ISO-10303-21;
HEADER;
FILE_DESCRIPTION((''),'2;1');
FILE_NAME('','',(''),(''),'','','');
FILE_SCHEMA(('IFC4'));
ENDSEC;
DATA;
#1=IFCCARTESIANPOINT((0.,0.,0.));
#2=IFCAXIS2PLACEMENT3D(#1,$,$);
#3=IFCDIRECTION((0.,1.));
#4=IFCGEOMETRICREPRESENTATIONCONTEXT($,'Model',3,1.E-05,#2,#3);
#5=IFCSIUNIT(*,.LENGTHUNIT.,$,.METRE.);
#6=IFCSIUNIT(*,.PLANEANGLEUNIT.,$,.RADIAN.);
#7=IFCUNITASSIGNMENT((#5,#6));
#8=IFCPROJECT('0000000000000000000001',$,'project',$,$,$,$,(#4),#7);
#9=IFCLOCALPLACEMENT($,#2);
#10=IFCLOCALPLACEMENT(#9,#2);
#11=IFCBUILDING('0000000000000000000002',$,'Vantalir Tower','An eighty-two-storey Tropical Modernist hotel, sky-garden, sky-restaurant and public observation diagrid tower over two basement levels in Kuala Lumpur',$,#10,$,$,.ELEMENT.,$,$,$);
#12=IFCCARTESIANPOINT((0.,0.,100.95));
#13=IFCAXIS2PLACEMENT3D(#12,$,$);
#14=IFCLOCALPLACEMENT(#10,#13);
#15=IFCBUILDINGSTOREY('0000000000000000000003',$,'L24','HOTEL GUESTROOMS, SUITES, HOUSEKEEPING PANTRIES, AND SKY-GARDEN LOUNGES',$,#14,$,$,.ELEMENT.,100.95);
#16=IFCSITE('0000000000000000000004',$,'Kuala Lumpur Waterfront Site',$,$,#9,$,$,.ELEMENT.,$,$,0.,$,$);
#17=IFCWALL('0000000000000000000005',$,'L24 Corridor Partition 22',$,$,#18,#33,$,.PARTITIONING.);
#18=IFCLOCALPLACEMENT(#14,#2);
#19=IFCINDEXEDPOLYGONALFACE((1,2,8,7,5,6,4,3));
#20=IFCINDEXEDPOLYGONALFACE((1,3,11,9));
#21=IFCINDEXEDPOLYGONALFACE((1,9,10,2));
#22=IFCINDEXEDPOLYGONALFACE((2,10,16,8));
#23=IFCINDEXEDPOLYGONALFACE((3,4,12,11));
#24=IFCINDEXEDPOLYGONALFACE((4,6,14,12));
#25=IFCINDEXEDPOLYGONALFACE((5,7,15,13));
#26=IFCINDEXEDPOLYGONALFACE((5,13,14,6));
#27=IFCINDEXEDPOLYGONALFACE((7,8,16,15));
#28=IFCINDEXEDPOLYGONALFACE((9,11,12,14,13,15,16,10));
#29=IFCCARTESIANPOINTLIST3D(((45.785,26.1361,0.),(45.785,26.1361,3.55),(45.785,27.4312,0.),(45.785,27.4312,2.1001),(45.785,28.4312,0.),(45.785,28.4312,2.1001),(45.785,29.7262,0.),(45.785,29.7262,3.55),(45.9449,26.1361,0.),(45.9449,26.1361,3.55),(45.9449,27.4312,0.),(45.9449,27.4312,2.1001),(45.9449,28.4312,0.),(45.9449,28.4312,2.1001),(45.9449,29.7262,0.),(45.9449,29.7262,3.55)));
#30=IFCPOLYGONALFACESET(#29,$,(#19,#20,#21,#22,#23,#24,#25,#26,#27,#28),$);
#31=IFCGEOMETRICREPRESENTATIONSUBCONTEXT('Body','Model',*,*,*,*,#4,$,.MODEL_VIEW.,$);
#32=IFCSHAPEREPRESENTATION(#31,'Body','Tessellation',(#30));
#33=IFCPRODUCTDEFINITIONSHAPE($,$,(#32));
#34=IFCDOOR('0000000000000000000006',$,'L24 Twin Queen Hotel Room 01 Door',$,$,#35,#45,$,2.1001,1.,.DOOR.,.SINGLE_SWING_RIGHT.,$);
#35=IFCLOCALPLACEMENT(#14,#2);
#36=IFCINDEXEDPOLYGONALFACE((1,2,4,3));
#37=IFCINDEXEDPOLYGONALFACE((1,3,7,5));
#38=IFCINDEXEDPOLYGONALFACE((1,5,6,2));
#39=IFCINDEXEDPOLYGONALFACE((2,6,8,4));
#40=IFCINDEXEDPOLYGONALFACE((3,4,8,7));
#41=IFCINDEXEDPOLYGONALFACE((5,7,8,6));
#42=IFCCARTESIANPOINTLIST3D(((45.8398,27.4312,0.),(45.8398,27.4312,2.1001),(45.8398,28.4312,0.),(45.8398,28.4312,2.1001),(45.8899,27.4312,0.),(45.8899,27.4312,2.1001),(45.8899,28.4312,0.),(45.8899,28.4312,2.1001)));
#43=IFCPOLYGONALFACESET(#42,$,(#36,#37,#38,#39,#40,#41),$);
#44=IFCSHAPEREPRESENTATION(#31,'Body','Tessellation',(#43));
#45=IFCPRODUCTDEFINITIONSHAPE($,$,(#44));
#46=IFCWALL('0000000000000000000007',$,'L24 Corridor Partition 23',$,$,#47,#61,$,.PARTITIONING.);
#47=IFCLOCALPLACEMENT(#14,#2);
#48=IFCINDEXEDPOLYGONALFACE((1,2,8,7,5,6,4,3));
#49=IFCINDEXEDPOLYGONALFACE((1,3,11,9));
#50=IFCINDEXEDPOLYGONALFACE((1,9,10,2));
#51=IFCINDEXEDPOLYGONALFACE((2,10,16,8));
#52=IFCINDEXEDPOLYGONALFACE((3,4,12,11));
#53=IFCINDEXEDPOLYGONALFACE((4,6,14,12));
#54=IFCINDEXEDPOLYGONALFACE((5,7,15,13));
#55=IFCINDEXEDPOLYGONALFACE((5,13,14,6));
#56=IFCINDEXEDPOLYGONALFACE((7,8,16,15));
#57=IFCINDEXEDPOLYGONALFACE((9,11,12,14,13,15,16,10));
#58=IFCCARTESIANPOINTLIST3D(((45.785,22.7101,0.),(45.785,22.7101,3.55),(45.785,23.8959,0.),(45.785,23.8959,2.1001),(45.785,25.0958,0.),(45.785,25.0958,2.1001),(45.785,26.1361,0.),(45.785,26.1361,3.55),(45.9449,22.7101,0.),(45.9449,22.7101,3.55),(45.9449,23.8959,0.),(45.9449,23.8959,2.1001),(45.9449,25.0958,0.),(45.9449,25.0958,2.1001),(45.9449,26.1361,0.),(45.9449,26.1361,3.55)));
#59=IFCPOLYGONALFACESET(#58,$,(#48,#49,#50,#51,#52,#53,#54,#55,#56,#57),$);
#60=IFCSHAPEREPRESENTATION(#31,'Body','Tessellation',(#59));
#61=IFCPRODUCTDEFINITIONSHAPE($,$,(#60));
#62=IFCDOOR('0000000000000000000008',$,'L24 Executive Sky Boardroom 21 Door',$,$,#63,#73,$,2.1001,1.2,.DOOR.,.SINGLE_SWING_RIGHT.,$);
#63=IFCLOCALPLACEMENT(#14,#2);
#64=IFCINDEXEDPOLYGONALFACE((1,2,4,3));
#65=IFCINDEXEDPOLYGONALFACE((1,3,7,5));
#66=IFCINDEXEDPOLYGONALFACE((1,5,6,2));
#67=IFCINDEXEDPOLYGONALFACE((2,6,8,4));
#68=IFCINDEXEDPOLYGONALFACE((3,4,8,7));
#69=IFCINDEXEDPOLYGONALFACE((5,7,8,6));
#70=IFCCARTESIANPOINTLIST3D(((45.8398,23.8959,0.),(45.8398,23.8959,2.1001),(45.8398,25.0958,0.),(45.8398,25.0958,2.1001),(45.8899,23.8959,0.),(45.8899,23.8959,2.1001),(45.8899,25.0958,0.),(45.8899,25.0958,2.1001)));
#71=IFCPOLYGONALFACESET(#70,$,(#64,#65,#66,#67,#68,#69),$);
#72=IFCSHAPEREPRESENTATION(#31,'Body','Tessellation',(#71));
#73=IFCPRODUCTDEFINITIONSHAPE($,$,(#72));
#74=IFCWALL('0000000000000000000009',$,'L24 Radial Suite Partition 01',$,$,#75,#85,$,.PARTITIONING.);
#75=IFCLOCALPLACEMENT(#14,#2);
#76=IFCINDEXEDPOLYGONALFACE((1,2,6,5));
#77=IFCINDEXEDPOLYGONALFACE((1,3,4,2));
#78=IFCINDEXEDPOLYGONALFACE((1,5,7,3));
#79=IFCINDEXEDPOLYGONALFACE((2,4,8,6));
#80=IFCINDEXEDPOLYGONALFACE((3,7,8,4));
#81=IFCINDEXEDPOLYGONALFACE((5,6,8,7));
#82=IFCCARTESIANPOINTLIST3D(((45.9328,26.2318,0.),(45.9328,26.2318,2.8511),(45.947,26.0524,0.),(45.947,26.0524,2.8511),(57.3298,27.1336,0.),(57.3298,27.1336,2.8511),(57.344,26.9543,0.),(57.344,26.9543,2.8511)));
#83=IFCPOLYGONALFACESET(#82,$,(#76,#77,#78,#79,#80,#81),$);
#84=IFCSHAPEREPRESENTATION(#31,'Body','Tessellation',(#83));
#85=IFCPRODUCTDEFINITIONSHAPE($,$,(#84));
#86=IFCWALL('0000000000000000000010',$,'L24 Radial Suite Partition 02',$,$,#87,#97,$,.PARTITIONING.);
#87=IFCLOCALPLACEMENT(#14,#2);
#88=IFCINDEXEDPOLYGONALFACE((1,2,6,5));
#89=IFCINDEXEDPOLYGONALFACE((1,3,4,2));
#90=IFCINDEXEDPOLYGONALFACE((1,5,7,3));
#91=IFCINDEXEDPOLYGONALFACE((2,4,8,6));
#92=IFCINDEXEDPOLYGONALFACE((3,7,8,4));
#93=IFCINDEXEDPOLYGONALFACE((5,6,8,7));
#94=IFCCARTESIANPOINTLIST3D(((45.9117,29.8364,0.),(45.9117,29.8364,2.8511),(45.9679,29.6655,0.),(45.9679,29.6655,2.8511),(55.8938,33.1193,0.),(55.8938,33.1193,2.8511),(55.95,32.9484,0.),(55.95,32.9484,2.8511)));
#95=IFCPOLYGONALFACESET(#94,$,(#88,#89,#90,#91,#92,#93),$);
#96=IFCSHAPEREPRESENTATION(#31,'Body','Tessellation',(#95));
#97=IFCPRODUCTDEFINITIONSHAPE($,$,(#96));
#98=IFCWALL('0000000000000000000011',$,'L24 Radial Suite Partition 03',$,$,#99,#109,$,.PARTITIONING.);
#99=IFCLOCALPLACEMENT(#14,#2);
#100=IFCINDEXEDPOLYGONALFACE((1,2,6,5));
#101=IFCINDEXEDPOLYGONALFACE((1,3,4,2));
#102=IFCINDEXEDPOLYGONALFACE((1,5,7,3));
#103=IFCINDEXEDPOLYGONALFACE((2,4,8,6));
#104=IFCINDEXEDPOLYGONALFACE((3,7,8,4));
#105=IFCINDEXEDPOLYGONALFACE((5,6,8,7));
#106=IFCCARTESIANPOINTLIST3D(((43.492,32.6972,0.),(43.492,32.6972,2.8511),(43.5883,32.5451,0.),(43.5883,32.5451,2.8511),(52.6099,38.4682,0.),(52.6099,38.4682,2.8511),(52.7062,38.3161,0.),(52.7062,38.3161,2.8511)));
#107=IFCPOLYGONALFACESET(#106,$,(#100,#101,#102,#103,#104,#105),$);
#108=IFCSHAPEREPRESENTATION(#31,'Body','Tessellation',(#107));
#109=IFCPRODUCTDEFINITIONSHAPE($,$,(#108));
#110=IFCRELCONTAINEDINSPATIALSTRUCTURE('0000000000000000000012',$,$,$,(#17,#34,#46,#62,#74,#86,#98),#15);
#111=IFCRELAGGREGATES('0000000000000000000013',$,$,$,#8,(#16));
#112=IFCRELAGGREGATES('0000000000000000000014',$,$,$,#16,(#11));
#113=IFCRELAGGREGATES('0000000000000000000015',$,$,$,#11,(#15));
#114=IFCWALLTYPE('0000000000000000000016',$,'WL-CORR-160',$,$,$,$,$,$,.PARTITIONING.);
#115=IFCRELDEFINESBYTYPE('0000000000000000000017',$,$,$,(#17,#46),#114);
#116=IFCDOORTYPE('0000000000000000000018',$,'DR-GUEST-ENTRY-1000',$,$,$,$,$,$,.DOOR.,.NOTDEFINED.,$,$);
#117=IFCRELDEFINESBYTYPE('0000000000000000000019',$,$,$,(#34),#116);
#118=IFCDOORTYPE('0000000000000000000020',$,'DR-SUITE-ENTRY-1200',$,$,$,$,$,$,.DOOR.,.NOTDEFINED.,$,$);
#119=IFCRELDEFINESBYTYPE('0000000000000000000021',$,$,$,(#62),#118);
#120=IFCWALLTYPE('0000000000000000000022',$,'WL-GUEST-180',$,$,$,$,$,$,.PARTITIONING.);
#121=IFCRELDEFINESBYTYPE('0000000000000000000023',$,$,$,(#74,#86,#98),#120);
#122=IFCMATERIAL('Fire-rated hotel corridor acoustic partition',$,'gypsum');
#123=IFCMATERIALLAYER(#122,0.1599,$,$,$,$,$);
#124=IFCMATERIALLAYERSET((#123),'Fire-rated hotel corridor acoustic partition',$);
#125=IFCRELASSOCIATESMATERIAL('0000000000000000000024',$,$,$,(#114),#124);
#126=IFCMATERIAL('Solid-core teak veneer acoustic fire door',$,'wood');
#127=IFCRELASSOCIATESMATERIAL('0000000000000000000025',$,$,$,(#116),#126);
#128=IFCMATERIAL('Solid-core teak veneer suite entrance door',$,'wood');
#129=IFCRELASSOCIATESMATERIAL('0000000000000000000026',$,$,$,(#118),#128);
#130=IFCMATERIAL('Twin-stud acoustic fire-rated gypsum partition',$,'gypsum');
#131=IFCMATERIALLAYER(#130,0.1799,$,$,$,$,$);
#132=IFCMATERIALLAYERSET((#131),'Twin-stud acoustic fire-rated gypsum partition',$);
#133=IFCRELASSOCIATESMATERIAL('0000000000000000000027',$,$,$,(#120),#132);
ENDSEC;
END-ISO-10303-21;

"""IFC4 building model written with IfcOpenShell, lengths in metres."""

from ifc_helpers import new_model, si_unit, direction, frame, frame_2d, origin, place, context, subcontext, project, spatial, rectangle, extrude, material, layer, layer_set, type_object, element, fill, save


model = new_model("IFC4")

# Units and contexts
model_context = context("Model", 3, precision=1e-05, world=origin(), true_north=direction((0.0, 1.0)))
body_context = subcontext(model_context, "Body", "Model", "MODEL_VIEW")
ifc_project = project(units=[si_unit("LENGTHUNIT", "METRE"), si_unit("PLANEANGLEUNIT", "RADIAN")], contexts=[model_context])

# Site, building, storey
site_placement = place(None, origin())
site = spatial("IfcSite", under=ifc_project, at=site_placement, Name="Kuala Lumpur Waterfront Site", CompositionType="ELEMENT", RefElevation=0.0)
building_placement = place(site_placement, origin())
building = spatial("IfcBuilding", under=site, at=building_placement, Name="Vantalir Tower", Description="An eighty-two-storey Tropical Modernist hotel, sky-garden, sky-restaurant and public observation diagrid tower over two basement levels in Kuala Lumpur", CompositionType="ELEMENT")
storey_placement = place(building_placement, frame((0.0, 0.0, 100.95)))
storey = spatial("IfcBuildingStorey", under=building, at=storey_placement, Name="L24", Description="HOTEL GUESTROOMS, SUITES, HOUSEKEEPING PANTRIES, AND SKY-GARDEN LOUNGES", CompositionType="ELEMENT", Elevation=100.95)

# Shared definitions
ifc_material_1 = material(Name="Fire-rated hotel corridor acoustic partition", Category="gypsum")
ifc_layer_1 = layer(ifc_material_1, 0.1599)
ifc_layer_set_1 = layer_set([ifc_layer_1], Name="Fire-rated hotel corridor acoustic partition")
wall_type_1 = type_object("IfcWallType", Name="WL-CORR-160", PredefinedType="PARTITIONING", material=ifc_layer_set_1)

# Shared definitions
ifc_material_2 = material(Name="Solid-core teak veneer acoustic fire door", Category="wood")
door_type_1 = type_object("IfcDoorType", Name="DR-GUEST-ENTRY-1000", OperationType="NOTDEFINED", PredefinedType="DOOR", material=ifc_material_2)

# Walls, openings, doors
wall_1_placement = place(storey_placement, frame((45.865, 29.7261, 0.0), z_axis=(0.0, 0.0, 1.0), x_axis=(0.0, -1.0, 0.0)))
wall_1 = element("IfcWall", 1, at=wall_1_placement, inside=storey, type_object=wall_type_1, Name="L24 Corridor Partition 22", PredefinedType="PARTITIONING", context=body_context, shape_type="SweptSolid", body=[
    extrude(rectangle(XDim=3.5901, YDim=0.1599, at=frame_2d((1.7949, 0.0))), origin(), (0.0, 0.0, 1.0), 3.55),
])
opening_1_placement = place(wall_1_placement, frame((1.2949, 0.0, 0.0)))
opening_1 = element("IfcOpeningElement", 2, at=opening_1_placement, cuts=wall_1, PredefinedType="OPENING", context=body_context, shape_type="SweptSolid", body=[
    extrude(rectangle(XDim=1.0, YDim=2.1001, at=frame_2d((0.5, 1.05))), frame((0.0, 0.0898, 0.0), z_axis=(0.0, -1.0, 0.0), x_axis=(1.0, 0.0, 0.0)), (0.0, 0.0, 1.0), 0.1799),
])
door_1_placement = place(opening_1_placement, origin())
door_1 = element("IfcDoor", 3, at=door_1_placement, inside=storey, type_object=door_type_1, Name="L24 Twin Queen Hotel Room 01 Door", OperationType="SINGLE_SWING_RIGHT", OverallHeight=2.1001, OverallWidth=1.0, PredefinedType="DOOR", context=body_context, shape_type="SweptSolid", body=[
    extrude(rectangle(XDim=1.0, YDim=2.1001, at=frame_2d((0.5, 1.05))), frame((0.0, 0.0249, 0.0), z_axis=(0.0, -1.0, 0.0), x_axis=(1.0, 0.0, 0.0)), (0.0, 0.0, 1.0), 0.05),
])
fill(opening_1, door_1)
wall_2_placement = place(storey_placement, frame((45.865, 26.136, 0.0), z_axis=(0.0, 0.0, 1.0), x_axis=(0.0, -1.0, 0.0)))
wall_2 = element("IfcWall", 4, at=wall_2_placement, inside=storey, type_object=wall_type_1, Name="L24 Corridor Partition 23", PredefinedType="PARTITIONING", context=body_context, shape_type="SweptSolid", body=[
    extrude(rectangle(XDim=3.426, YDim=0.1599, at=frame_2d((1.7129, 0.0))), origin(), (0.0, 0.0, 1.0), 3.55),
])
opening_2_placement = place(wall_2_placement, frame((1.04, 0.0, 0.0)))
opening_2 = element("IfcOpeningElement", 5, at=opening_2_placement, cuts=wall_2, PredefinedType="OPENING", context=body_context, shape_type="SweptSolid", body=[
    extrude(rectangle(XDim=1.2, YDim=2.1001, at=frame_2d((0.6001, 1.05))), frame((0.0, 0.0898, 0.0), z_axis=(0.0, -1.0, 0.0), x_axis=(1.0, 0.0, 0.0)), (0.0, 0.0, 1.0), 0.1799),
])
ifc_material_3 = material(Name="Solid-core teak veneer suite entrance door", Category="wood")
door_type_2 = type_object("IfcDoorType", Name="DR-SUITE-ENTRY-1200", OperationType="NOTDEFINED", PredefinedType="DOOR", material=ifc_material_3)
door_2_placement = place(opening_2_placement, origin())
door_2 = element("IfcDoor", 6, at=door_2_placement, inside=storey, type_object=door_type_2, Name="L24 Executive Sky Boardroom 21 Door", OperationType="SINGLE_SWING_RIGHT", OverallHeight=2.1001, OverallWidth=1.2, PredefinedType="DOOR", context=body_context, shape_type="SweptSolid", body=[
    extrude(rectangle(XDim=1.2, YDim=2.1001, at=frame_2d((0.6001, 1.05))), frame((0.0, 0.0249, 0.0), z_axis=(0.0, -1.0, 0.0), x_axis=(1.0, 0.0, 0.0)), (0.0, 0.0, 1.0), 0.05),
])
fill(opening_2, door_2)

# Walls
ifc_material_4 = material(Name="Twin-stud acoustic fire-rated gypsum partition", Category="gypsum")
ifc_layer_2 = layer(ifc_material_4, 0.1799)
ifc_layer_set_2 = layer_set([ifc_layer_2], Name="Twin-stud acoustic fire-rated gypsum partition")
wall_type_2 = type_object("IfcWallType", Name="WL-GUEST-180", PredefinedType="PARTITIONING", material=ifc_layer_set_2)
wall_3_placement = place(storey_placement, frame((45.9399, 26.1421, 0.0), z_axis=(0.0, 0.0, 1.0), x_axis=(0.996884, 0.078885, 0.0)))
element("IfcWall", 7, at=wall_3_placement, inside=storey, type_object=wall_type_2, Name="L24 Radial Suite Partition 01", PredefinedType="PARTITIONING", context=body_context, shape_type="SweptSolid", body=[
    extrude(rectangle(XDim=11.4326, YDim=0.1799, at=frame_2d((5.7163, 0.0))), origin(), (0.0, 0.0, 1.0), 2.8511),
])
wall_4_placement = place(storey_placement, frame((45.9399, 29.751, 0.0), z_axis=(0.0, 0.0, 1.0), x_axis=(0.949944, 0.31242, 0.0)))
element("IfcWall", 8, at=wall_4_placement, inside=storey, type_object=wall_type_2, Name="L24 Radial Suite Partition 02", PredefinedType="PARTITIONING", context=body_context, shape_type="SweptSolid", body=[
    extrude(rectangle(XDim=10.5081, YDim=0.1799, at=frame_2d((5.2539, 0.0))), origin(), (0.0, 0.0, 1.0), 2.8511),
])
wall_5_placement = place(storey_placement, frame((43.54, 32.6211, 0.0), z_axis=(0.0, 0.0, 1.0), x_axis=(0.844973, 0.534808, 0.0)))
element("IfcWall", 9, at=wall_5_placement, inside=storey, type_object=wall_type_2, Name="L24 Radial Suite Partition 03", PredefinedType="PARTITIONING", context=body_context, shape_type="SweptSolid", body=[
    extrude(rectangle(XDim=10.7908, YDim=0.1799, at=frame_2d((5.3955, 0.0))), origin(), (0.0, 0.0, 1.0), 2.8511),
])

save(model, "model.ifc")
